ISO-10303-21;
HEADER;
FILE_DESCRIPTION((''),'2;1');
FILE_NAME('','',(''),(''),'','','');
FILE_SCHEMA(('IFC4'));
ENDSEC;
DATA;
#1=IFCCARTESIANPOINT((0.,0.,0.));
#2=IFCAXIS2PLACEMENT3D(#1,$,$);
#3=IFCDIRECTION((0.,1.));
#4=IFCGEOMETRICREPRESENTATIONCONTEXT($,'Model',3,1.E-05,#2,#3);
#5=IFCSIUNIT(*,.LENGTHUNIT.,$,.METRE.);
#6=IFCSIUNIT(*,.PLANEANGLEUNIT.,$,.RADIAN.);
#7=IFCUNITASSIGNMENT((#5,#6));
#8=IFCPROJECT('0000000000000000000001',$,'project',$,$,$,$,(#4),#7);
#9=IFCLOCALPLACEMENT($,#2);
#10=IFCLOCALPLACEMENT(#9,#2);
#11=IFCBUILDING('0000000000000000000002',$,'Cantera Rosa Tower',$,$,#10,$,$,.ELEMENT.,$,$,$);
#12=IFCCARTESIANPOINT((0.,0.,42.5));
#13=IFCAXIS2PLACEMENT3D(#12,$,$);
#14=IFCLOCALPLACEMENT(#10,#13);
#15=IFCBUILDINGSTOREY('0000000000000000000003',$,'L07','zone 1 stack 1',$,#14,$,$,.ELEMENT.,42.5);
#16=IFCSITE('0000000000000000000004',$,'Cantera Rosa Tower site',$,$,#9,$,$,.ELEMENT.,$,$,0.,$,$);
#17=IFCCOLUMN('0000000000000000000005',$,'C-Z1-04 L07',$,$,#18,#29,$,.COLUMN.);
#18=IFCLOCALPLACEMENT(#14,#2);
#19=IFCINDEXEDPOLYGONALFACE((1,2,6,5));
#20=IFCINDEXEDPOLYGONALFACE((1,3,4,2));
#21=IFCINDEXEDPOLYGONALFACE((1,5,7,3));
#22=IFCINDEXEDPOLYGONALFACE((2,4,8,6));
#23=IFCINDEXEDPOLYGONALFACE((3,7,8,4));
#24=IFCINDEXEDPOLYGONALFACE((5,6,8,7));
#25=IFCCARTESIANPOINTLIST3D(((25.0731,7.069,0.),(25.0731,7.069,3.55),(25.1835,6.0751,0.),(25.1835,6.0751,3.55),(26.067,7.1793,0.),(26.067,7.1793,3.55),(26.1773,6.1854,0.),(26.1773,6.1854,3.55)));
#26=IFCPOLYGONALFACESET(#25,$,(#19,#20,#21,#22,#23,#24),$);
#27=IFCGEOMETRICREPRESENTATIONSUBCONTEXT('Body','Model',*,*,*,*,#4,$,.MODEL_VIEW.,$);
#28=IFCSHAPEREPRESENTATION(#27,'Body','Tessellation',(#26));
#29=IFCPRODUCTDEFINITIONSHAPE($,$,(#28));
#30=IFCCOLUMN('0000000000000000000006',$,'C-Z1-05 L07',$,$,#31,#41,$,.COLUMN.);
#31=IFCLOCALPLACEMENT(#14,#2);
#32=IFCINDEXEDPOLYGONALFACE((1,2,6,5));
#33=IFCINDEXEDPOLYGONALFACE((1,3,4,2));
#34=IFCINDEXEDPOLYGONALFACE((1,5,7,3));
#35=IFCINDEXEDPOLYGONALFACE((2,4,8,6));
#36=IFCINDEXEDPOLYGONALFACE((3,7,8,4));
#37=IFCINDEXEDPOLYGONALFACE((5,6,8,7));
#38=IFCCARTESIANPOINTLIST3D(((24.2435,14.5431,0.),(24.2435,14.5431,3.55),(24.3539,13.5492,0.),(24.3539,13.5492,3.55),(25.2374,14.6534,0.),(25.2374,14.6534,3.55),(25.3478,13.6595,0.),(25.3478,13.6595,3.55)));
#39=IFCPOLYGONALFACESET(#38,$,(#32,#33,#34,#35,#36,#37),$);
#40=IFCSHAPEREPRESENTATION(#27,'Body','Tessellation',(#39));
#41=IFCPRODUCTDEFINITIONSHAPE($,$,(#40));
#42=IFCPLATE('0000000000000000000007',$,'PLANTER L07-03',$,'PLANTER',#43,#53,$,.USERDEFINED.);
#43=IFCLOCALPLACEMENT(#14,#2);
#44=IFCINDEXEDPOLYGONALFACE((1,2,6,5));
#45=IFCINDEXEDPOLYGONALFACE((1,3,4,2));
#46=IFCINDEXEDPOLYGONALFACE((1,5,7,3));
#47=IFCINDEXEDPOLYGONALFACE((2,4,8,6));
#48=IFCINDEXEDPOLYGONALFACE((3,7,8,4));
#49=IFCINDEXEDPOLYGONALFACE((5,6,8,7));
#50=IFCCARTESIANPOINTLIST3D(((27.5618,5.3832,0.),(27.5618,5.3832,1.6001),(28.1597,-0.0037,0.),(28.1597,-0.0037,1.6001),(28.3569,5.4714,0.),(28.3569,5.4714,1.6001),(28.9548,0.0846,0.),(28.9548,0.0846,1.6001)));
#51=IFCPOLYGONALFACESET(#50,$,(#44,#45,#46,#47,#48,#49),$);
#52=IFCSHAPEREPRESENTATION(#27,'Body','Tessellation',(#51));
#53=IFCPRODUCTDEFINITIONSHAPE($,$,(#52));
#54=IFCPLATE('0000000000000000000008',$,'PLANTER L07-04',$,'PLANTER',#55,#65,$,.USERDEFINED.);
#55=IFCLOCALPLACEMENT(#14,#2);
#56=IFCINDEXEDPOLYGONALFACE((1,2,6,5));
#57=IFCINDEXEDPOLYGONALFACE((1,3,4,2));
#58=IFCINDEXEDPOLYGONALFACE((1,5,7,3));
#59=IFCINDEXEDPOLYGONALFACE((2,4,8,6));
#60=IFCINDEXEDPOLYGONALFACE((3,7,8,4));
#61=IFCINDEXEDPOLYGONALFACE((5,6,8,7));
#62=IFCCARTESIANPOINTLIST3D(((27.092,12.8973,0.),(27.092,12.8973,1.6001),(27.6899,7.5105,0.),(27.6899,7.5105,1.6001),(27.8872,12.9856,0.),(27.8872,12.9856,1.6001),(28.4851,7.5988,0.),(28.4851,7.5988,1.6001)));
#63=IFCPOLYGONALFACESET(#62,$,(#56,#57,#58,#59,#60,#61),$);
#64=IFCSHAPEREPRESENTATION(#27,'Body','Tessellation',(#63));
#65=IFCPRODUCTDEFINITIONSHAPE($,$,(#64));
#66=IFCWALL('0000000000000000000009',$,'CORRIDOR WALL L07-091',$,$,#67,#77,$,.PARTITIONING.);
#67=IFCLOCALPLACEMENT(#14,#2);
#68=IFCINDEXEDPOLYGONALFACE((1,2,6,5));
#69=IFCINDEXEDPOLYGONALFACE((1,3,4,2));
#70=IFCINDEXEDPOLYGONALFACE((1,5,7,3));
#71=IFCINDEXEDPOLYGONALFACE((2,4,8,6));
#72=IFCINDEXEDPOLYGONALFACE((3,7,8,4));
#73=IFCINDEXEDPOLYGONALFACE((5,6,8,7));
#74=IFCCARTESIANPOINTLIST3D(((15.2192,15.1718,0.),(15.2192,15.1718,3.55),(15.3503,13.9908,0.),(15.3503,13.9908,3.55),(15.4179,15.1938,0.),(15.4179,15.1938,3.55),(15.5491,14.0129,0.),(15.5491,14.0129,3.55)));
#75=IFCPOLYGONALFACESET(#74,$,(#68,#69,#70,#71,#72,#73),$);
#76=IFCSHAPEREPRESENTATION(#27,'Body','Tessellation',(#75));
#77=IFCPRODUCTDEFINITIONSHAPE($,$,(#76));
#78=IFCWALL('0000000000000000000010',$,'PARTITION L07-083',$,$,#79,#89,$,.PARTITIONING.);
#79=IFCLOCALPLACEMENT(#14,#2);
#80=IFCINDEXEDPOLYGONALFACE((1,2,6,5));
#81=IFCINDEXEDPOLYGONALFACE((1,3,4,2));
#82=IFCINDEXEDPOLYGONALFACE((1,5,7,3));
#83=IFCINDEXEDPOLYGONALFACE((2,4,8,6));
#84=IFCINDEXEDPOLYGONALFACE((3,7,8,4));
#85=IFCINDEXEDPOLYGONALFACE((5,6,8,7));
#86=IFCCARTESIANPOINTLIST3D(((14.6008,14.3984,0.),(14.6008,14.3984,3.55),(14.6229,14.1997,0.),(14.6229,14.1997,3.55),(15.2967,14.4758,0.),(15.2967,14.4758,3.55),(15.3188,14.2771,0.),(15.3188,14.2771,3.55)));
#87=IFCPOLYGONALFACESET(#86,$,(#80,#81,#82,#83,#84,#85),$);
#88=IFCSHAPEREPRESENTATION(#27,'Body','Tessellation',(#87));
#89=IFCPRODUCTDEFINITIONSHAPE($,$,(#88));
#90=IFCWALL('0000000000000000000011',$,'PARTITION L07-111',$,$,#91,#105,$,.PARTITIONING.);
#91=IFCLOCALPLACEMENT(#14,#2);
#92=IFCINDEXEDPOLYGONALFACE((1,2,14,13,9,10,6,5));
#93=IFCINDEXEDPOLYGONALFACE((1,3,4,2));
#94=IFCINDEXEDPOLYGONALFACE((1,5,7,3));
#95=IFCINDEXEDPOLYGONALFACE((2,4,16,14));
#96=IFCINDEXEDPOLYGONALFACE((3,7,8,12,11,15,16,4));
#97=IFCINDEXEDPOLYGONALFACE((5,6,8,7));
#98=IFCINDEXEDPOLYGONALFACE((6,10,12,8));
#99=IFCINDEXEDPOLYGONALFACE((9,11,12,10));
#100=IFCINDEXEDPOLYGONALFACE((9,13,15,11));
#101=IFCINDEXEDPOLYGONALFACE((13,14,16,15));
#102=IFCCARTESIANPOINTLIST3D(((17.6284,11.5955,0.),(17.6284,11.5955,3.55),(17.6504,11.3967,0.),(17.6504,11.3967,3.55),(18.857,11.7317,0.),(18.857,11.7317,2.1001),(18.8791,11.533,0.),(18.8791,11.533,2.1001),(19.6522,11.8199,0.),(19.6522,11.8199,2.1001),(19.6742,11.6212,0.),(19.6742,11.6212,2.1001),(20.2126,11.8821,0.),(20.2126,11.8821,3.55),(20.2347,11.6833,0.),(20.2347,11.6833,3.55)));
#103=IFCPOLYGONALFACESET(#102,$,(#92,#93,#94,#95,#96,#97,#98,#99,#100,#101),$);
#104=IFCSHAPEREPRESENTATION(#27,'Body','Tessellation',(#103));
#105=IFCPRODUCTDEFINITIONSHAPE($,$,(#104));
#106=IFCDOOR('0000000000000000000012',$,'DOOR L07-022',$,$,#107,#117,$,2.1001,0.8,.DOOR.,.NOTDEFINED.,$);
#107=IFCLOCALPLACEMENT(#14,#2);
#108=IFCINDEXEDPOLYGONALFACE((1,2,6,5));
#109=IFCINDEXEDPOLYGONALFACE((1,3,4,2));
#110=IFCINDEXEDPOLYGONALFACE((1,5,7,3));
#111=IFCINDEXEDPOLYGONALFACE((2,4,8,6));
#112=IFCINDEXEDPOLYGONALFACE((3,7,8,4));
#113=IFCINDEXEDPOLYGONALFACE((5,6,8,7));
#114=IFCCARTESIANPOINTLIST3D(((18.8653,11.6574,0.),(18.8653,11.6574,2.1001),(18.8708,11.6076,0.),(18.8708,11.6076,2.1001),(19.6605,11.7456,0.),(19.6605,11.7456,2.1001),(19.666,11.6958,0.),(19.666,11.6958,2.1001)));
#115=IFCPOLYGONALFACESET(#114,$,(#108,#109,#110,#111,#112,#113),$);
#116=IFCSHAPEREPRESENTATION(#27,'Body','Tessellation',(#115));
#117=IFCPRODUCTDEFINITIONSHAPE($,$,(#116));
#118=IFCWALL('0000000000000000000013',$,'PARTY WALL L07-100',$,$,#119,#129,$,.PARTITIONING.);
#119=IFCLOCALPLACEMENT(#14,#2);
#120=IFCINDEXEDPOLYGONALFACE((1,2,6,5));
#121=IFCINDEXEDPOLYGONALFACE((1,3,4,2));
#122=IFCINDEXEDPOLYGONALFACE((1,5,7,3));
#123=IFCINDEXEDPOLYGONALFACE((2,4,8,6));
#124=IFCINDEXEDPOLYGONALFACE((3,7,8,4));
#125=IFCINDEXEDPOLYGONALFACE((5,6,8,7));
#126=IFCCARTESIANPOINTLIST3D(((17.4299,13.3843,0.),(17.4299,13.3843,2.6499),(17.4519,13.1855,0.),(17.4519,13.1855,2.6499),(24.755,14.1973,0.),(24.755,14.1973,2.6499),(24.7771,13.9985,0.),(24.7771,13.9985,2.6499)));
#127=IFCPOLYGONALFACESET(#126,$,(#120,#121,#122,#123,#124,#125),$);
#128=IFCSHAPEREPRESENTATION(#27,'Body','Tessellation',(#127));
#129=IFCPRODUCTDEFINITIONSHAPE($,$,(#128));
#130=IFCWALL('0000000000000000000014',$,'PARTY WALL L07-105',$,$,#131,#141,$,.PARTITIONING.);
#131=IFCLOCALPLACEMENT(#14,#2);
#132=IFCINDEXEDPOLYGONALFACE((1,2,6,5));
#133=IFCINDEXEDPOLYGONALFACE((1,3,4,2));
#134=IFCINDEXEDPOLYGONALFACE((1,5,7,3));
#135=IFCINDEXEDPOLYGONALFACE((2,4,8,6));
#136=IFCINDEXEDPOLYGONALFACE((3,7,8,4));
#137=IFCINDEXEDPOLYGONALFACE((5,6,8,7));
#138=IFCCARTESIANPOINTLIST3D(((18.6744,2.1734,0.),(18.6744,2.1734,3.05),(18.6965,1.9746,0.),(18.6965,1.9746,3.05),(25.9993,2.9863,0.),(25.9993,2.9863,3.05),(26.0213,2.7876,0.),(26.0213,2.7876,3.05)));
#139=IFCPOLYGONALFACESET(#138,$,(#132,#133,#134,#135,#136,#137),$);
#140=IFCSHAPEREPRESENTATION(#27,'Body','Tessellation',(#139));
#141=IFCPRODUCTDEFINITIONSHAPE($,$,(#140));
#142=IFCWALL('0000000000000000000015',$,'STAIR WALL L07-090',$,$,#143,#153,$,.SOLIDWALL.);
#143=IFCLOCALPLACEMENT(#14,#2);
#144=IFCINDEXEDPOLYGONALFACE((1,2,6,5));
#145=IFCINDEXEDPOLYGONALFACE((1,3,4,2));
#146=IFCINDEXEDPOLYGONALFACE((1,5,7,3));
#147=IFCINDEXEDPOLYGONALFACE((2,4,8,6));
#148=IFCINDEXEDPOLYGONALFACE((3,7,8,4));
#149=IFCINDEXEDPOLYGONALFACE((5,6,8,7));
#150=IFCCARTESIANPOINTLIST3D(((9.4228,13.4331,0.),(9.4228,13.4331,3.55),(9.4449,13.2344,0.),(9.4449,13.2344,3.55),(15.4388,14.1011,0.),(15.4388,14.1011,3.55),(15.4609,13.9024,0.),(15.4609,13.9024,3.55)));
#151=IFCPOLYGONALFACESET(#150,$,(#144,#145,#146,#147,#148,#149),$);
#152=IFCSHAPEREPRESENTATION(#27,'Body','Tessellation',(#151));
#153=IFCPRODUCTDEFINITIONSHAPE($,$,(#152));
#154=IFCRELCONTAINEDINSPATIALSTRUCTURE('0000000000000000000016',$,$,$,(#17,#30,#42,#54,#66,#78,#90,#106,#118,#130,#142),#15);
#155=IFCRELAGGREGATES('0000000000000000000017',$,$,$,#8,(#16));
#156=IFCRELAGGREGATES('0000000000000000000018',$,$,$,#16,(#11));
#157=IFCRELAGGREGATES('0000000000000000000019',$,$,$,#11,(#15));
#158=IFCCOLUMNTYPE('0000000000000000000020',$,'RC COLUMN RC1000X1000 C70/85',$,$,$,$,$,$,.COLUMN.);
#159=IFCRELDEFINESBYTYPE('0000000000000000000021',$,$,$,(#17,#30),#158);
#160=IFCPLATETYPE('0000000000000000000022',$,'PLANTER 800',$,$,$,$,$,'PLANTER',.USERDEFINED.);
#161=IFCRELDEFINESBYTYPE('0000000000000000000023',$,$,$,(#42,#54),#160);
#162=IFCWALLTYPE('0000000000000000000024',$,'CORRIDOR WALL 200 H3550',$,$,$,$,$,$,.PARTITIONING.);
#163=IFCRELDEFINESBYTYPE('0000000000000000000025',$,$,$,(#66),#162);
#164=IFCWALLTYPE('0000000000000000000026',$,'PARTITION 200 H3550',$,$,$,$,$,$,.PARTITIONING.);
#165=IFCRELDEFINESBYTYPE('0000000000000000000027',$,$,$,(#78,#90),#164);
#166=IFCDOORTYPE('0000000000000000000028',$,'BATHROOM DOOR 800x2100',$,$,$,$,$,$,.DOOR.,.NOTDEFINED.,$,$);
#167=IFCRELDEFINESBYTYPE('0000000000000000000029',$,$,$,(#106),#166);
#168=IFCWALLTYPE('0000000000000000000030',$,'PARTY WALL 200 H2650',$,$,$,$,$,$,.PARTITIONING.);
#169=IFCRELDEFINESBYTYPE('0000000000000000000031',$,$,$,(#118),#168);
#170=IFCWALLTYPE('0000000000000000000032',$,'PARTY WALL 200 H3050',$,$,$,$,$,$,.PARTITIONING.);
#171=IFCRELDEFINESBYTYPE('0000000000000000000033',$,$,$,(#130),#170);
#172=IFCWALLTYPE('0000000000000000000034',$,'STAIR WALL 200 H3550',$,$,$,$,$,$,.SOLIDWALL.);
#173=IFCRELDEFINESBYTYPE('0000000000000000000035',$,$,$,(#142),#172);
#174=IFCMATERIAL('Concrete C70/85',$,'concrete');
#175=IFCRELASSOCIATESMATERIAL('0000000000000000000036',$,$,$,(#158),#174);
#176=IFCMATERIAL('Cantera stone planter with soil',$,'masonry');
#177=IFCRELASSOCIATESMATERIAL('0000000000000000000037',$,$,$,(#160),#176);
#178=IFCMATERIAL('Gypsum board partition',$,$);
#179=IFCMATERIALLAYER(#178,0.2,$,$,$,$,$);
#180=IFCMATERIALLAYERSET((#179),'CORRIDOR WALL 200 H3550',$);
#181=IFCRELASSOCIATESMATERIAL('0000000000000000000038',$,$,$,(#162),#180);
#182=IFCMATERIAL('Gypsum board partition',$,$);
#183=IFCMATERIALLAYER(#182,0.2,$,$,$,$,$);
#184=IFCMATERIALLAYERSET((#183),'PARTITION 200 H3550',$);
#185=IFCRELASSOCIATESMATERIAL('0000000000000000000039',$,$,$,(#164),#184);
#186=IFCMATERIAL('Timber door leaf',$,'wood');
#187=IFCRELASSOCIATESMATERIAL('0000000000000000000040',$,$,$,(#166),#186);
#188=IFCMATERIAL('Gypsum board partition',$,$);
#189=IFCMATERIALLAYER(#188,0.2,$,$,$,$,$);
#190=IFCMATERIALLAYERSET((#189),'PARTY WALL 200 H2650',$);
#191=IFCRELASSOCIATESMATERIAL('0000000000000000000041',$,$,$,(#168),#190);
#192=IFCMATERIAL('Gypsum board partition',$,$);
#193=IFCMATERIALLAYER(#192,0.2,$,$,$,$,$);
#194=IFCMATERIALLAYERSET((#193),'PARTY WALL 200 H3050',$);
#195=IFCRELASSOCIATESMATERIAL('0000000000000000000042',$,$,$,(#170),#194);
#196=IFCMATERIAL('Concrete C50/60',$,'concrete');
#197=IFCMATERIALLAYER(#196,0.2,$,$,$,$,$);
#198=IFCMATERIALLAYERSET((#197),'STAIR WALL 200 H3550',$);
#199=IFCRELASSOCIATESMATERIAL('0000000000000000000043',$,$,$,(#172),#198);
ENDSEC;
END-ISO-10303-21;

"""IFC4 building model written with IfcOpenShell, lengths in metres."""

from ifc_helpers import new_model, si_unit, direction, frame, frame_2d, origin, origin_2d, place, context, subcontext, project, spatial, rectangle, extrude, material, layer, layer_set, material_profile, profile_set, type_object, element, fill, save


model = new_model("IFC4")

# Units and contexts
model_context = context("Model", 3, precision=1e-05, world=origin(), true_north=direction((0.0, 1.0)))
body_context = subcontext(model_context, "Body", "Model", "MODEL_VIEW")
ifc_project = project(units=[si_unit("LENGTHUNIT", "METRE"), si_unit("PLANEANGLEUNIT", "RADIAN")], contexts=[model_context])

# Site, building, storey
site_placement = place(None, origin())
site = spatial("IfcSite", under=ifc_project, at=site_placement, Name="Cantera Rosa Tower site", CompositionType="ELEMENT", RefElevation=0.0)
building_placement = place(site_placement, origin())
building = spatial("IfcBuilding", under=site, at=building_placement, Name="Cantera Rosa Tower", CompositionType="ELEMENT")
storey_placement = place(building_placement, frame((0.0, 0.0, 42.5)))
storey = spatial("IfcBuildingStorey", under=building, at=storey_placement, Name="L07", Description="zone 1 stack 1", CompositionType="ELEMENT", Elevation=42.5)

# Columns
ifc_material_1 = material(Name="Concrete C70/85", Category="concrete")
ifc_material_profile = material_profile(ifc_material_1, rectangle(XDim=1.0, YDim=1.0, at=origin_2d()), Name="RC COLUMN RC1000X1000 C70/85")
ifc_profile_set = profile_set([ifc_material_profile], Name="Concrete C70/85")
column_type = type_object("IfcColumnType", Name="RC COLUMN RC1000X1000 C70/85", PredefinedType="COLUMN", material=ifc_profile_set)
for number, where, z_axis, x_axis, name in (
    (1, (25.6252, 6.6272, 0.0), (0.0, 0.0, 1.0), (0.993897, 0.110313, 0.0), "C-Z1-04 L07"),
    (2, (24.7957, 14.1013, 0.0), (0.0, 0.0, 1.0), (0.993897, 0.110313, 0.0), "C-Z1-05 L07"),
):
    element("IfcColumn", number, at=place(storey_placement, frame(where, z_axis=z_axis, x_axis=x_axis)), inside=storey, type_object=column_type, Name=name, PredefinedType="COLUMN", context=body_context, shape_type="SweptSolid", body=[
        extrude(rectangle(XDim=1.0, YDim=1.0, at=origin_2d()), origin(), (0.0, 0.0, 1.0), 3.55),
    ])

# Plates
ifc_material_2 = material(Name="Cantera stone planter with soil", Category="masonry")
plate_type = type_object("IfcPlateType", Name="PLANTER 800", ElementType="PLANTER", PredefinedType="USERDEFINED", material=ifc_material_2)
for number, where, z_axis, x_axis, name in (
    (3, (28.2583, 2.7339, 0.0), (0.0, 0.0, 1.0), (-0.110313, 0.993897, 0.0), "PLANTER L07-03"),
    (4, (27.7886, 10.248, 0.0), (0.0, 0.0, 1.0), (-0.110313, 0.993897, 0.0), "PLANTER L07-04"),
):
    element("IfcPlate", number, at=place(storey_placement, frame(where, z_axis=z_axis, x_axis=x_axis)), inside=storey, type_object=plate_type, Name=name, ObjectType="PLANTER", PredefinedType="USERDEFINED", context=body_context, shape_type="SweptSolid", body=[
        extrude(rectangle(XDim=5.4199, YDim=0.8, at=origin_2d()), origin(), (0.0, 0.0, 1.0), 1.6001),
    ])

# Wall
ifc_material_3 = material(Name="Gypsum board partition")
ifc_layer_1 = layer(ifc_material_3, 0.2)
ifc_layer_set_1 = layer_set([ifc_layer_1], Name="CORRIDOR WALL 200 H3550")
wall_type_1 = type_object("IfcWallType", Name="CORRIDOR WALL 200 H3550", PredefinedType="PARTITIONING", material=ifc_layer_set_1)
wall_1_placement = place(storey_placement, frame((15.4497, 14.0017, 0.0), z_axis=(0.0, 0.0, 1.0), x_axis=(-0.110341, 0.993894, 0.0)))
element("IfcWall", 5, at=wall_1_placement, inside=storey, type_object=wall_type_1, Name="CORRIDOR WALL L07-091", PredefinedType="PARTITIONING", context=body_context, shape_type="SweptSolid", body=[
    extrude(rectangle(XDim=1.1882, YDim=0.2, at=frame_2d((0.5942, 0.0))), origin(), (0.0, 0.0, 1.0), 3.55),
])

# Wall
ifc_material_4 = material(Name="Gypsum board partition")
ifc_layer_2 = layer(ifc_material_4, 0.2)
ifc_layer_set_2 = layer_set([ifc_layer_2], Name="PARTITION 200 H3550")
wall_type_2 = type_object("IfcWallType", Name="PARTITION 200 H3550", PredefinedType="PARTITIONING", material=ifc_layer_set_2)
wall_2_placement = place(storey_placement, frame((14.6118, 14.2991, 0.0), z_axis=(0.0, 0.0, 1.0), x_axis=(0.993871, 0.110546, 0.0)))
element("IfcWall", 6, at=wall_2_placement, inside=storey, type_object=wall_type_2, Name="PARTITION L07-083", PredefinedType="PARTITIONING", context=body_context, shape_type="SweptSolid", body=[
    extrude(rectangle(XDim=0.7002, YDim=0.2, at=frame_2d((0.3501, 0.0))), origin(), (0.0, 0.0, 1.0), 3.55),
])

# Wall, opening, door
wall_3_placement = place(storey_placement, frame((20.2236, 11.7827, 0.0), z_axis=(0.0, 0.0, 1.0), x_axis=(-0.993905, -0.110236, 0.0)))
wall_3 = element("IfcWall", 7, at=wall_3_placement, inside=storey, type_object=wall_type_2, Name="PARTITION L07-111", PredefinedType="PARTITIONING", context=body_context, shape_type="SweptSolid", body=[
    extrude(rectangle(XDim=2.6001, YDim=0.2, at=frame_2d((1.3, 0.0))), origin(), (0.0, 0.0, 1.0), 3.55),
])
opening_1_placement = place(wall_3_placement, frame((0.564, 0.0, 0.0)))
opening_1 = element("IfcOpeningElement", 8, at=opening_1_placement, cuts=wall_3, PredefinedType="OPENING", context=body_context, shape_type="SweptSolid", body=[
    extrude(rectangle(XDim=0.8, YDim=2.1001, at=frame_2d((0.3999, 1.05))), frame((0.0, 0.1099, 0.0), z_axis=(0.0, -1.0, 0.0), x_axis=(1.0, 0.0, 0.0)), (0.0, 0.0, 1.0), 0.22),
])
ifc_material_5 = material(Name="Timber door leaf", Category="wood")
door_type_1 = type_object("IfcDoorType", Name="BATHROOM DOOR 800x2100", OperationType="NOTDEFINED", PredefinedType="DOOR", material=ifc_material_5)
door_1_placement = place(opening_1_placement, origin())
door_1 = element("IfcDoor", 9, at=door_1_placement, inside=storey, type_object=door_type_1, Name="DOOR L07-022", OperationType="NOTDEFINED", OverallHeight=2.1001, OverallWidth=0.8, PredefinedType="DOOR", context=body_context, shape_type="SweptSolid", body=[
    extrude(rectangle(XDim=0.8, YDim=2.1001, at=frame_2d((0.3999, 1.05))), frame((0.0, 0.0249, 0.0), z_axis=(0.0, -1.0, 0.0), x_axis=(1.0, 0.0, 0.0)), (0.0, 0.0, 1.0), 0.05),
])
fill(opening_1, door_1)

# Walls
ifc_material_6 = material(Name="Gypsum board partition")
ifc_layer_3 = layer(ifc_material_6, 0.2)
ifc_layer_set_3 = layer_set([ifc_layer_3], Name="PARTY WALL 200 H2650")
wall_type_3 = type_object("IfcWallType", Name="PARTY WALL 200 H2650", PredefinedType="PARTITIONING", material=ifc_layer_set_3)
wall_4_placement = place(storey_placement, frame((17.4409, 13.2849, 0.0), z_axis=(0.0, 0.0, 1.0), x_axis=(0.993897, 0.110308, 0.0)))
element("IfcWall", 10, at=wall_4_placement, inside=storey, type_object=wall_type_3, Name="PARTY WALL L07-100", PredefinedType="PARTITIONING", context=body_context, shape_type="SweptSolid", body=[
    extrude(rectangle(XDim=7.3701, YDim=0.2, at=frame_2d((3.6851, 0.0))), origin(), (0.0, 0.0, 1.0), 2.6499),
])
ifc_material_7 = material(Name="Gypsum board partition")
ifc_layer_4 = layer(ifc_material_7, 0.2)
ifc_layer_set_4 = layer_set([ifc_layer_4], Name="PARTY WALL 200 H3050")
wall_type_4 = type_object("IfcWallType", Name="PARTY WALL 200 H3050", PredefinedType="PARTITIONING", material=ifc_layer_set_4)
wall_5_placement = place(storey_placement, frame((18.6853, 2.074, 0.0), z_axis=(0.0, 0.0, 1.0), x_axis=(0.993897, 0.110312, 0.0)))
element("IfcWall", 11, at=wall_5_placement, inside=storey, type_object=wall_type_4, Name="PARTY WALL L07-105", PredefinedType="PARTITIONING", context=body_context, shape_type="SweptSolid", body=[
    extrude(rectangle(XDim=7.3699, YDim=0.2, at=frame_2d((3.6851, 0.0))), origin(), (0.0, 0.0, 1.0), 3.05),
])
ifc_material_8 = material(Name="Concrete C50/60", Category="concrete")
ifc_layer_5 = layer(ifc_material_8, 0.2)
ifc_layer_set_5 = layer_set([ifc_layer_5], Name="STAIR WALL 200 H3550")
wall_type_5 = type_object("IfcWallType", Name="STAIR WALL 200 H3550", PredefinedType="SOLIDWALL", material=ifc_layer_set_5)
wall_6_placement = place(storey_placement, frame((15.4497, 14.0017, 0.0), z_axis=(0.0, 0.0, 1.0), x_axis=(-0.993893, -0.110352, 0.0)))
element("IfcWall", 12, at=wall_6_placement, inside=storey, type_object=wall_type_5, Name="STAIR WALL L07-090", PredefinedType="SOLIDWALL", context=body_context, shape_type="SweptSolid", body=[
    extrude(rectangle(XDim=6.053, YDim=0.2, at=frame_2d((3.0264, 0.0))), origin(), (0.0, 0.0, 1.0), 3.55),
])

save(model, "model.ifc")
